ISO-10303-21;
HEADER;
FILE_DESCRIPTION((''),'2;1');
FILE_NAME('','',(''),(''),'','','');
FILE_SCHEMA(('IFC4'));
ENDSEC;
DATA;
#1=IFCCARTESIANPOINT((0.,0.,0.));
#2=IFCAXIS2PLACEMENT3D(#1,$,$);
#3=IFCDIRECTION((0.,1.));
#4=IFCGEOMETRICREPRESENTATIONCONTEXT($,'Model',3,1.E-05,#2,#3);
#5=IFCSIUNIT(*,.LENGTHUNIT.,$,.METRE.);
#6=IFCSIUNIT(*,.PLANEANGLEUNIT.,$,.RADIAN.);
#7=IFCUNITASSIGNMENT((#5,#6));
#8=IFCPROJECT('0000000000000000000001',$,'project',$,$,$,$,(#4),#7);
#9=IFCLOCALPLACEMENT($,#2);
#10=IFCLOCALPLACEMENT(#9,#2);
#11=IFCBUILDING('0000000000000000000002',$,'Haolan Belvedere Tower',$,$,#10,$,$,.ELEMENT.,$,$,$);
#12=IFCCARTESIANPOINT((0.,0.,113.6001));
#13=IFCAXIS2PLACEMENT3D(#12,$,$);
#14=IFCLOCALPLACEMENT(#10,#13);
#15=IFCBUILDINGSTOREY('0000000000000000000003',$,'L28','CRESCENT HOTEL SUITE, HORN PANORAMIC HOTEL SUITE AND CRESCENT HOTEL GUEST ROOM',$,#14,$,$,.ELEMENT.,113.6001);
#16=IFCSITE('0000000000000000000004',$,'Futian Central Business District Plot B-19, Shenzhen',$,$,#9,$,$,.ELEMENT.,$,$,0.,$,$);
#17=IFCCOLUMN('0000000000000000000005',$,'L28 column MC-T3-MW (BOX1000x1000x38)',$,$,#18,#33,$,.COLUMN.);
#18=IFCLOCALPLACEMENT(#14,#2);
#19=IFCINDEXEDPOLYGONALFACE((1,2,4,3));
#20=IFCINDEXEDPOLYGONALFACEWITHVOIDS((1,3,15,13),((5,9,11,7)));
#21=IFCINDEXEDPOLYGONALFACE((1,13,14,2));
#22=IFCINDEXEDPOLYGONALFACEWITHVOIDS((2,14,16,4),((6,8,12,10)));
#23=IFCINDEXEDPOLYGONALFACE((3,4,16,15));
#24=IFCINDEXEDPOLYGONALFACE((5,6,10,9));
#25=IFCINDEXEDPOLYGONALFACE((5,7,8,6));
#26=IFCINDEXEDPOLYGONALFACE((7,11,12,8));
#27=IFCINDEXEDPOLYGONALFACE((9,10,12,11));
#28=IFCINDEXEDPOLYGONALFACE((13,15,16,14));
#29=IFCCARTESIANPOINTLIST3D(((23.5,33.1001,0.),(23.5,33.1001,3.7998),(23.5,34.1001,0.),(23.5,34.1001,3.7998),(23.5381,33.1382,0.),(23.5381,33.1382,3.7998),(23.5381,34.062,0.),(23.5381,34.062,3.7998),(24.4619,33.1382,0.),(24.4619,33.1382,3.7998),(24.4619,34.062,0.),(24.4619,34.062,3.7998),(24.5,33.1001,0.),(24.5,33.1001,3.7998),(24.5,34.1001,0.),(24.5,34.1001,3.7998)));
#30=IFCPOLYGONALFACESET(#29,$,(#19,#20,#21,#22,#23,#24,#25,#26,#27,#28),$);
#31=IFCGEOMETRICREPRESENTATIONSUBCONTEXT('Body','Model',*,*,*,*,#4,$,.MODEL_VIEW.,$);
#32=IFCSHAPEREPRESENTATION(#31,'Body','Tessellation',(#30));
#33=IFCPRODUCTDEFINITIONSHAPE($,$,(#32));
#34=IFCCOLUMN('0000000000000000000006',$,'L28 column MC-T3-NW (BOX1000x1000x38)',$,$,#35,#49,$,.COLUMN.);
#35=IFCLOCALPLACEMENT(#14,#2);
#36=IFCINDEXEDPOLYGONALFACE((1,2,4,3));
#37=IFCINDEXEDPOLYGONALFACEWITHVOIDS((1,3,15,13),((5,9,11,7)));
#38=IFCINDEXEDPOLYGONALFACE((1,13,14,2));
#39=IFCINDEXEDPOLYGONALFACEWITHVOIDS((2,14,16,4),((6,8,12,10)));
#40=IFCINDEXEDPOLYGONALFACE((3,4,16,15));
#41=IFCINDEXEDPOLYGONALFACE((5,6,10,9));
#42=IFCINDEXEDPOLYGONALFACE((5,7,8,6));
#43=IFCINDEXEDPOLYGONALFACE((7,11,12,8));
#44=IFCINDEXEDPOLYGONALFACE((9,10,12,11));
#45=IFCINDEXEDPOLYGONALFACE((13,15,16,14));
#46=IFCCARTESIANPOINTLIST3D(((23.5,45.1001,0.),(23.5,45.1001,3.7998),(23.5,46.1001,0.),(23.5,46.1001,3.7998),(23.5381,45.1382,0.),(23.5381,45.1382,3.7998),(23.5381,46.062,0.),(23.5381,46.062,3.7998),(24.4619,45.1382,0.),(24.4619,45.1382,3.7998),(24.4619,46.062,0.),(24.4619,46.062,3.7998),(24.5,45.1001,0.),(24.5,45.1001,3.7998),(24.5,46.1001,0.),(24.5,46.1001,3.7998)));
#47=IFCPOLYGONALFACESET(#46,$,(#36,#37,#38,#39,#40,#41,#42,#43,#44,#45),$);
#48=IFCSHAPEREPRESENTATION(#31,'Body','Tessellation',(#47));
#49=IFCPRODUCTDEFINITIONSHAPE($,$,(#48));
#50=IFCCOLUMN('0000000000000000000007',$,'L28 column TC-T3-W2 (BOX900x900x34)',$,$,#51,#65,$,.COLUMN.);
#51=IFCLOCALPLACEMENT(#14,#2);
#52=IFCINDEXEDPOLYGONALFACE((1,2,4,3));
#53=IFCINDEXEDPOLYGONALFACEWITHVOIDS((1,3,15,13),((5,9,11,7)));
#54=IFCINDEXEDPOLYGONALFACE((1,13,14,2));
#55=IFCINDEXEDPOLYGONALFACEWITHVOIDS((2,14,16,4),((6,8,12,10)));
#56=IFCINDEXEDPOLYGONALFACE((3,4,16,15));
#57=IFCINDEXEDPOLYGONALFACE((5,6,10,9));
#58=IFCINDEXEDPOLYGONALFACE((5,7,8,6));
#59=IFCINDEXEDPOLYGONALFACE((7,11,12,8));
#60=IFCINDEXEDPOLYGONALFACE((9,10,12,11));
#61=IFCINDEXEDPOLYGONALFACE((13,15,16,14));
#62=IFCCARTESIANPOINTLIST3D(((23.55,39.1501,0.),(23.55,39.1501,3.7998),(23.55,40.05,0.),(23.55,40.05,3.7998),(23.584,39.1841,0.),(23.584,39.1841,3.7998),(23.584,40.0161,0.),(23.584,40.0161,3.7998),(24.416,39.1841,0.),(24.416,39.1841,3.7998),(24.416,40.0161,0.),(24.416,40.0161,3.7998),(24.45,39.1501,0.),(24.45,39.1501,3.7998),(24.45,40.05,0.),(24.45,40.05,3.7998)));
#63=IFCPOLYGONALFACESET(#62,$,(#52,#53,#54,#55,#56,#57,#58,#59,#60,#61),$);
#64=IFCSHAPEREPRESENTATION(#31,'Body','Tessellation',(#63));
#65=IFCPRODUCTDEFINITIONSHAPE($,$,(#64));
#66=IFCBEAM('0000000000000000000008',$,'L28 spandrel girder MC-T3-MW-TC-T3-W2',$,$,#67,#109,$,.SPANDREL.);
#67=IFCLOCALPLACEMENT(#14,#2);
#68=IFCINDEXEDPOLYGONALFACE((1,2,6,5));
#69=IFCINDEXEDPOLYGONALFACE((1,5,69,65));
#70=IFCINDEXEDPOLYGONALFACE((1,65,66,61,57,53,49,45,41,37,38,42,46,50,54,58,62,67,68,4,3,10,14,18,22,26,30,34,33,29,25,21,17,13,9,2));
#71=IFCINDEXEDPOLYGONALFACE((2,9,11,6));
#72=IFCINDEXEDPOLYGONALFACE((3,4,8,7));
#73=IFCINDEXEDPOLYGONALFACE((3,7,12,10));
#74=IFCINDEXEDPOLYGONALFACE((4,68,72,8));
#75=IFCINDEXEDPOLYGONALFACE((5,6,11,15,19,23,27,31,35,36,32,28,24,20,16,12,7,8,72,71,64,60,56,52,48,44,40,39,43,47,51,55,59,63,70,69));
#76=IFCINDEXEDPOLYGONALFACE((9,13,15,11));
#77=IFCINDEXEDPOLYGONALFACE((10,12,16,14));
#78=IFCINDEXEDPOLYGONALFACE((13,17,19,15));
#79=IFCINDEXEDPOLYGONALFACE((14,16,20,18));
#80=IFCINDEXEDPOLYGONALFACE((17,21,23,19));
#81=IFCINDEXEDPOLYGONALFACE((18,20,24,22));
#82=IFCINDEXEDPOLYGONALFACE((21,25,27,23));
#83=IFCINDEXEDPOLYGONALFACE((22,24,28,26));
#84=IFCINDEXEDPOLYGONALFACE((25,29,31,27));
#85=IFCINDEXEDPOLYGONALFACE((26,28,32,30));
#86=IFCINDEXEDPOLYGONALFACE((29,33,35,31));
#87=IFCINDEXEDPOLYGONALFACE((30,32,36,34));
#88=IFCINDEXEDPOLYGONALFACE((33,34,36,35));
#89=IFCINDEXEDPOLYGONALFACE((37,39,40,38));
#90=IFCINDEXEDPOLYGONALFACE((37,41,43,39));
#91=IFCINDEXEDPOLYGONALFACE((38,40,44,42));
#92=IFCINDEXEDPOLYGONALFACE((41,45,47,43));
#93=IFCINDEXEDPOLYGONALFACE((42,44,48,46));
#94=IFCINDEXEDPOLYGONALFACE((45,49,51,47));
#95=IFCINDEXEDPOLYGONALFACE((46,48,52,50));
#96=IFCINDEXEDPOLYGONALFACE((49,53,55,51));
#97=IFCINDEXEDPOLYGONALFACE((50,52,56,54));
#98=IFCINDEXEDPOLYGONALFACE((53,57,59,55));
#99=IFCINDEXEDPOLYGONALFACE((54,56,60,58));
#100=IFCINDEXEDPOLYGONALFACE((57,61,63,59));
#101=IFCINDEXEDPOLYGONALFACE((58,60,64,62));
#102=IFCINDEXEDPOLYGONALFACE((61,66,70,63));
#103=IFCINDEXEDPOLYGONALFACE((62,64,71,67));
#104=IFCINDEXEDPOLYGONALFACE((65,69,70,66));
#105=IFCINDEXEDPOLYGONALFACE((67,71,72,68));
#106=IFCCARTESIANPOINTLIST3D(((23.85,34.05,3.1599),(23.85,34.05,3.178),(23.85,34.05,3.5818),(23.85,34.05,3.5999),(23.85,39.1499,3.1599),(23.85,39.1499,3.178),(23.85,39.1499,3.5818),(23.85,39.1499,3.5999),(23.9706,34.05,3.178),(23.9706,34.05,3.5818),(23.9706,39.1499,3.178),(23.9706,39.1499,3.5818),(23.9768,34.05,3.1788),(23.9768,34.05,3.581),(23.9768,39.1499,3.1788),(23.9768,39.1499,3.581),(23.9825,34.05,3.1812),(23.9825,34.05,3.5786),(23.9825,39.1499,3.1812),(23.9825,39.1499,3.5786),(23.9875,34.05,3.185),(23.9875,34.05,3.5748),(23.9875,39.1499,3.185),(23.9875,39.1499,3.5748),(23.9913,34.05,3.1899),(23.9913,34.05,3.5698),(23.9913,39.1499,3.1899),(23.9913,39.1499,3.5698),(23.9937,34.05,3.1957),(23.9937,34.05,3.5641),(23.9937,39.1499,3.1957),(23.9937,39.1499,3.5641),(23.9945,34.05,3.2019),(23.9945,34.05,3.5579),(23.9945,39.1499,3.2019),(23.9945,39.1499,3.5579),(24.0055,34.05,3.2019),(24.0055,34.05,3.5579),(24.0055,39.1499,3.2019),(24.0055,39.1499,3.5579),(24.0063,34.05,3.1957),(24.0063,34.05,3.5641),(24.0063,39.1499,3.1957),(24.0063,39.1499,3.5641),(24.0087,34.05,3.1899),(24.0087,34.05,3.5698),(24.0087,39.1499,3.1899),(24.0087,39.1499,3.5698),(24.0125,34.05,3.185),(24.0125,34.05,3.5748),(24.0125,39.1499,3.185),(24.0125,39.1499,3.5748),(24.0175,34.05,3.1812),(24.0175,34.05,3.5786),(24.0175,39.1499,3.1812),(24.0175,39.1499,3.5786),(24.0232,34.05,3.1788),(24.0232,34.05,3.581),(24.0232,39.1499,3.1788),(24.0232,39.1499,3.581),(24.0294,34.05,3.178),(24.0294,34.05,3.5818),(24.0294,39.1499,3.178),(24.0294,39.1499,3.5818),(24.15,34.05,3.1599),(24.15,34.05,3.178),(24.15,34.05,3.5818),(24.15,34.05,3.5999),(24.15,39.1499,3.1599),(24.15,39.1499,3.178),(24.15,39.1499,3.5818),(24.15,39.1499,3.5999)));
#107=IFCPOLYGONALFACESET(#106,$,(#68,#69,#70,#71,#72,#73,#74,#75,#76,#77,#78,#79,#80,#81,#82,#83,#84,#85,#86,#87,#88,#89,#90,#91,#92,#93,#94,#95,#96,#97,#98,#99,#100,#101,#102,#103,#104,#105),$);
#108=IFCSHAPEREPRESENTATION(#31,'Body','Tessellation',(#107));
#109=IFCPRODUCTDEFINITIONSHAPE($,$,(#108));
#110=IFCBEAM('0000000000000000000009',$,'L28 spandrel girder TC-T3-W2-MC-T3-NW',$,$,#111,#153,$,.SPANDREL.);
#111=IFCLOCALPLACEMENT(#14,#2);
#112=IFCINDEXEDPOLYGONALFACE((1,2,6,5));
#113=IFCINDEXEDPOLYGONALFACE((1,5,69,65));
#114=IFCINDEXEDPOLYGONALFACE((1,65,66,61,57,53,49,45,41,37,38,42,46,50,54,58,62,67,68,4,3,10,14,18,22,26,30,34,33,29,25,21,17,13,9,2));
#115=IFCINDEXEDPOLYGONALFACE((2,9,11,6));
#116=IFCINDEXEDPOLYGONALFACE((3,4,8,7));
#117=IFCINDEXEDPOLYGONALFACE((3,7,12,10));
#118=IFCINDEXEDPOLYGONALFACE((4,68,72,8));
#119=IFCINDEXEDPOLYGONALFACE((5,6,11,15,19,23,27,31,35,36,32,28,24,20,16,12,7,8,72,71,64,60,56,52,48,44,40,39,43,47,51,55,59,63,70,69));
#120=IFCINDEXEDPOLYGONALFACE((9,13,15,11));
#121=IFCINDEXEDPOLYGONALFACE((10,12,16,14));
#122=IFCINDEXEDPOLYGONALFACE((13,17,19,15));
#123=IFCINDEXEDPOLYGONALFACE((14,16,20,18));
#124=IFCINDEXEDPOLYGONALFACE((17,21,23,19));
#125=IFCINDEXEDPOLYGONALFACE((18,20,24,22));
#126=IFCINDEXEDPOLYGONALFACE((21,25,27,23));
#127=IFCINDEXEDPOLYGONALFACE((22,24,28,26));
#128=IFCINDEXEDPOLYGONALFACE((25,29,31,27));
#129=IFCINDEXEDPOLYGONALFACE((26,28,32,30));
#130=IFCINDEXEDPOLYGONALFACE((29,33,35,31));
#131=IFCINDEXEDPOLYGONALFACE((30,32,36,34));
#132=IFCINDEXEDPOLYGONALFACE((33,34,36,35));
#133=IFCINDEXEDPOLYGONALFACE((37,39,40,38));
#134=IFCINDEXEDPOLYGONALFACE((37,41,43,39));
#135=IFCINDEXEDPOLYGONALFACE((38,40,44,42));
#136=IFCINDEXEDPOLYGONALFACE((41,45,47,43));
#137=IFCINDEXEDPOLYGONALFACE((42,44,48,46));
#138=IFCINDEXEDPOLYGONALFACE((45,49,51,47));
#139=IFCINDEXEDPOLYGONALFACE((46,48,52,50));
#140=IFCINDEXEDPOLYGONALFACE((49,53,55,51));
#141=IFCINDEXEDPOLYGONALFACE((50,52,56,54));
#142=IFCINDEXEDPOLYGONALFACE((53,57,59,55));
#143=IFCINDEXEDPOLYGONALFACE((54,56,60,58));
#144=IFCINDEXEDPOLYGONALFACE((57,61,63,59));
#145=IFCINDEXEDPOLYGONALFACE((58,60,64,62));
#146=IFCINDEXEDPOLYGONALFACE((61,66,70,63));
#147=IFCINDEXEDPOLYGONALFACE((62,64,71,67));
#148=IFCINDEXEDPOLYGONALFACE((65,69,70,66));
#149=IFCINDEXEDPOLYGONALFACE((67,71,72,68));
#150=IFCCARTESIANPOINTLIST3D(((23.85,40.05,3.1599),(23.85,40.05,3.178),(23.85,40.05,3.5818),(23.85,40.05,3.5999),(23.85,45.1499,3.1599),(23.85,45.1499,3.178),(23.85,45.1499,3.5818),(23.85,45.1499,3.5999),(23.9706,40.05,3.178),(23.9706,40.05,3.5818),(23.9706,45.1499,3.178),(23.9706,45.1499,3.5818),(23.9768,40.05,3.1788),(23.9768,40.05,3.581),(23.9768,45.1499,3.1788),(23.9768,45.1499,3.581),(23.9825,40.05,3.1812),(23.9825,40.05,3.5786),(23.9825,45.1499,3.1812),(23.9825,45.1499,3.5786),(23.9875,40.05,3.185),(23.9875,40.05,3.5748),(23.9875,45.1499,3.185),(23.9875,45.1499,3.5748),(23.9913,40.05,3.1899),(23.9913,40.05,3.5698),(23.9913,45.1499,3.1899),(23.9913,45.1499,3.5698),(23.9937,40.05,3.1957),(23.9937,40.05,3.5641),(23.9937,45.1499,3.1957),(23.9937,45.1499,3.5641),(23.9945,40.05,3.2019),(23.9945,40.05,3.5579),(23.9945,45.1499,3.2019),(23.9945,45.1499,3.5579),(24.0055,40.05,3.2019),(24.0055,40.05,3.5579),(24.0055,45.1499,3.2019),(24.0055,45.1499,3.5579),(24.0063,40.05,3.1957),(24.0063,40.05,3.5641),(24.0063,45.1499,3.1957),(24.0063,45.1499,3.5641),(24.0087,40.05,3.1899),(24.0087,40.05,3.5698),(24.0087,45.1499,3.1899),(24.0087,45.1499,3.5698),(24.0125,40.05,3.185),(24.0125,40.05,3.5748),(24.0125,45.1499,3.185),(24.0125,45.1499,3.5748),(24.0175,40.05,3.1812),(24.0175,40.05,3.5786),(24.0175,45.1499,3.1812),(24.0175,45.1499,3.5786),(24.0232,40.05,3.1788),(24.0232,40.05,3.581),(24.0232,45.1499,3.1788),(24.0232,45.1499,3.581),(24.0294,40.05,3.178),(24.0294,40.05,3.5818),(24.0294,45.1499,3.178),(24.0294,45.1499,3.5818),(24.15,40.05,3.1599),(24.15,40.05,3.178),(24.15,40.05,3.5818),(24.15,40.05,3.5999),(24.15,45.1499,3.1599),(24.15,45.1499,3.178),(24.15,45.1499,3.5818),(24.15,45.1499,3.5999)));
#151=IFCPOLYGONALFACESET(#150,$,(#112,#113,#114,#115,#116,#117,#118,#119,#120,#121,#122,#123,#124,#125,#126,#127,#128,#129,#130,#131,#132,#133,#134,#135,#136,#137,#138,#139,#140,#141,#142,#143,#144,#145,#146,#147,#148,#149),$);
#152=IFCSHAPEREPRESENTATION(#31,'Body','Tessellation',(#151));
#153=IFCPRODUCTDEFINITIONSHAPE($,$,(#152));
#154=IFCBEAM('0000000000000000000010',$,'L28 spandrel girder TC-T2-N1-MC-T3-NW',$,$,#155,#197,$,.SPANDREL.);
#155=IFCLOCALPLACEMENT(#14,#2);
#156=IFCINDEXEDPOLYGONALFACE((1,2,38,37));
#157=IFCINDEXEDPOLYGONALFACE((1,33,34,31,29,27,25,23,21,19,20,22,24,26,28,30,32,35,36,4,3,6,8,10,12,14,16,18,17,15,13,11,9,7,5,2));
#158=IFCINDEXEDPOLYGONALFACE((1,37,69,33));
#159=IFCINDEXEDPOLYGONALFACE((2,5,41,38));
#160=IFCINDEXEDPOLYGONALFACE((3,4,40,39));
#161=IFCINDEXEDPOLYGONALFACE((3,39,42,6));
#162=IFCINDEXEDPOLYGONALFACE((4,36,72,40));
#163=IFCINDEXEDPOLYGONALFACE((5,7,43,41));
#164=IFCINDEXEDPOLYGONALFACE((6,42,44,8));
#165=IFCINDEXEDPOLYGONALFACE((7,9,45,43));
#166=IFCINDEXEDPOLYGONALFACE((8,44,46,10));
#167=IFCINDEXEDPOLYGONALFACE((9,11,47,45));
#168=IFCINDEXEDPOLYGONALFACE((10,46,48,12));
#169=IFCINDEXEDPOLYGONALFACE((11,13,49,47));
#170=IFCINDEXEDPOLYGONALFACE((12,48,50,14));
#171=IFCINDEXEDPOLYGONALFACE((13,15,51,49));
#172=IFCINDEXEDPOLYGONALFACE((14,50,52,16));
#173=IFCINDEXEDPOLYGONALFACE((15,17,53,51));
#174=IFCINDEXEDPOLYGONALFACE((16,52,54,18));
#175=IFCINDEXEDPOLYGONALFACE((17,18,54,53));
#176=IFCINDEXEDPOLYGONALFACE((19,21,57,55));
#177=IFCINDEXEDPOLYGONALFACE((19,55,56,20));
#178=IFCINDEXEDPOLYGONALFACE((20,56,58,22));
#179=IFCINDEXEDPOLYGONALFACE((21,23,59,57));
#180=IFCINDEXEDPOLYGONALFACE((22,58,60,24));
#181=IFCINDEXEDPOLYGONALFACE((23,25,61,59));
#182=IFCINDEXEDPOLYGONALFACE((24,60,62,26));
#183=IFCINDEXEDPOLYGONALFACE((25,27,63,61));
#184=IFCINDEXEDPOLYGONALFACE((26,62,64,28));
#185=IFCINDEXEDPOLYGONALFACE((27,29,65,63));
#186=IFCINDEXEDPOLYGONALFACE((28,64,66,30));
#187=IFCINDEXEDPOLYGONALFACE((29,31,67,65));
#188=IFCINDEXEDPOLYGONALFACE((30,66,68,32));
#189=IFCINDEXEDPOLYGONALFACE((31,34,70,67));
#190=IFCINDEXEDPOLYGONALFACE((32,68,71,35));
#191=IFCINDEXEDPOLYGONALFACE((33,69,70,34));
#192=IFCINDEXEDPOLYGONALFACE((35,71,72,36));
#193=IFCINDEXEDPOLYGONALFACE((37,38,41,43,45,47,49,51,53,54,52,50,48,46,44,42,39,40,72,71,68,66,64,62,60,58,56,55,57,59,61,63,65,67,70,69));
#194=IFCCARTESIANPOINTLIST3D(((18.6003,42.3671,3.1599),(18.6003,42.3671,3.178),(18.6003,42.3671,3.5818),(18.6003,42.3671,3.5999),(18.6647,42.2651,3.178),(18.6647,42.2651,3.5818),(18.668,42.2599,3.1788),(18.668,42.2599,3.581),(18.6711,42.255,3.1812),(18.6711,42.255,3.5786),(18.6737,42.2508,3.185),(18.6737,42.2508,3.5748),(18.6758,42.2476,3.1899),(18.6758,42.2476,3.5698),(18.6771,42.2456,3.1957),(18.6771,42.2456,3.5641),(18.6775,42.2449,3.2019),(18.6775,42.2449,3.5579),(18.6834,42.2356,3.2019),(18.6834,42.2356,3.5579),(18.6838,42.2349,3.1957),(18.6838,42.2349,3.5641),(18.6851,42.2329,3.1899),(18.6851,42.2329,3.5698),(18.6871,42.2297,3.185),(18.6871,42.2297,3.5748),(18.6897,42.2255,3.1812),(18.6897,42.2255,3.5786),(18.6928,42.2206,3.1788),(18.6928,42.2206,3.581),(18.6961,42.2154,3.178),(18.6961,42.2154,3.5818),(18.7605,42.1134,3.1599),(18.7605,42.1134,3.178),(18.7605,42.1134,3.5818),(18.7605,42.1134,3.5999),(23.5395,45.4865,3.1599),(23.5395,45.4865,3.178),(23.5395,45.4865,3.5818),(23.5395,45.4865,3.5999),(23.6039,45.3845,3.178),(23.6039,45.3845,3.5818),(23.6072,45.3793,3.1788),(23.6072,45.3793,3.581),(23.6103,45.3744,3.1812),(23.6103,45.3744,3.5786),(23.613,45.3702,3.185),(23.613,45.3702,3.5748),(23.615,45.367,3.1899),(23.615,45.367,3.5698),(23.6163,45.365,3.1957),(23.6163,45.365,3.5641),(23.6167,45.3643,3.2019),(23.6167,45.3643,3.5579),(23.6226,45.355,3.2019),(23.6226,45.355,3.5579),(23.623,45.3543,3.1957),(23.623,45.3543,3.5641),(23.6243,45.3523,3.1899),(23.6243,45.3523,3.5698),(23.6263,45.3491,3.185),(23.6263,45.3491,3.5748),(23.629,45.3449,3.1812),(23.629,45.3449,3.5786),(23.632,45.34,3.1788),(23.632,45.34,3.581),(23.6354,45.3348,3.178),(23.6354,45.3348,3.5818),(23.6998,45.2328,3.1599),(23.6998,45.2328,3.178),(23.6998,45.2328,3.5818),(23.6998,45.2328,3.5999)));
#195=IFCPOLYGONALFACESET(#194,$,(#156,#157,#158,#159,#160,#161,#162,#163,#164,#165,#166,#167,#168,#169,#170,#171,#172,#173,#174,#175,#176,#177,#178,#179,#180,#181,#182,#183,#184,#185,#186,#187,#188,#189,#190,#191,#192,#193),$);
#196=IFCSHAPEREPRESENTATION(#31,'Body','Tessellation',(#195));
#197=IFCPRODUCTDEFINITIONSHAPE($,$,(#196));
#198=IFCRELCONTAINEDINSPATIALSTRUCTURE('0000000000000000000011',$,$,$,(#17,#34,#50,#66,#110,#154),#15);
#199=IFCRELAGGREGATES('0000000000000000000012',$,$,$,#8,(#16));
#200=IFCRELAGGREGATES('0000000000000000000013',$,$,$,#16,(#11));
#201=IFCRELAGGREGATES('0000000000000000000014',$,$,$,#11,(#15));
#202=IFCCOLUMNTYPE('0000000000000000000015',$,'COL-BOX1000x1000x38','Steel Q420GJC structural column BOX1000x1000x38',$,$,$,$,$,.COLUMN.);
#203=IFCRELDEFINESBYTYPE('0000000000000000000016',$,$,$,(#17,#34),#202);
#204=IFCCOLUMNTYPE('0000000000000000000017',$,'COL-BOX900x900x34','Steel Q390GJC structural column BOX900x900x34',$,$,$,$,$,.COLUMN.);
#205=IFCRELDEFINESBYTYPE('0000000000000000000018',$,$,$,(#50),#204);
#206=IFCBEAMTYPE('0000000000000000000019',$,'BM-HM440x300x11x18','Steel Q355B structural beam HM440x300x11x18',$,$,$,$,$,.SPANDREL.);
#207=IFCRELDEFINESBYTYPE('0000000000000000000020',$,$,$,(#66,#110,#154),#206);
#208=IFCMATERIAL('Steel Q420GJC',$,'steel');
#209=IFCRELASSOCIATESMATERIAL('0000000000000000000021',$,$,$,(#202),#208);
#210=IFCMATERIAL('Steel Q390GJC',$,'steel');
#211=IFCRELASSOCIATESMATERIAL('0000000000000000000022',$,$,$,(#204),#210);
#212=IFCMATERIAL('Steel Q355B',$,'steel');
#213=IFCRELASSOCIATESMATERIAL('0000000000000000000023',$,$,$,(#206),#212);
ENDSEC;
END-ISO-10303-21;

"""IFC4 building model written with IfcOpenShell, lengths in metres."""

from ifc_helpers import new_model, si_unit, direction, frame, origin, origin_2d, place, context, subcontext, project, spatial, hollow_rectangle, i_section, extrude, material, material_profile, profile_set, type_object, element, save


model = new_model("IFC4")

# Units and contexts
model_context = context("Model", 3, precision=1e-05, world=origin(), true_north=direction((0.0, 1.0)))
body_context = subcontext(model_context, "Body", "Model", "MODEL_VIEW")
ifc_project = project(units=[si_unit("LENGTHUNIT", "METRE"), si_unit("PLANEANGLEUNIT", "RADIAN")], contexts=[model_context])

# Site, building, storey
site_placement = place(None, origin())
site = spatial("IfcSite", under=ifc_project, at=site_placement, Name="Futian Central Business District Plot B-19, Shenzhen", CompositionType="ELEMENT", RefElevation=0.0)
building_placement = place(site_placement, origin())
building = spatial("IfcBuilding", under=site, at=building_placement, Name="Haolan Belvedere Tower", CompositionType="ELEMENT")
storey_placement = place(building_placement, frame((0.0, 0.0, 113.6001)))
storey = spatial("IfcBuildingStorey", under=building, at=storey_placement, Name="L28", Description="CRESCENT HOTEL SUITE, HORN PANORAMIC HOTEL SUITE AND CRESCENT HOTEL GUEST ROOM", CompositionType="ELEMENT", Elevation=113.6001)

# Columns
ifc_material_1 = material(Name="Steel Q420GJC", Category="steel")
ifc_material_profile_1 = material_profile(ifc_material_1, hollow_rectangle(XDim=1.0, YDim=1.0, WallThickness=0.0381, at=origin_2d()), Name="Steel Q420GJC")
ifc_profile_set_1 = profile_set([ifc_material_profile_1], Name="Steel Q420GJC")
column_type_1 = type_object("IfcColumnType", Name="COL-BOX1000x1000x38", Description="Steel Q420GJC structural column BOX1000x1000x38", PredefinedType="COLUMN", material=ifc_profile_set_1)
for number, where, z_axis, x_axis, name in (
    (1, (24.0, 33.6001, 0.0), (0.0, 0.0, 1.0), (1.0, 0.0, 0.0), "L28 column MC-T3-MW (BOX1000x1000x38)"),
    (2, (24.0, 45.6001, 0.0), (0.0, 0.0, 1.0), (1.0, 0.0, 0.0), "L28 column MC-T3-NW (BOX1000x1000x38)"),
):
    element("IfcColumn", number, at=place(storey_placement, frame(where, z_axis=z_axis, x_axis=x_axis)), inside=storey, type_object=column_type_1, Name=name, PredefinedType="COLUMN", context=body_context, shape_type="SweptSolid", body=[
        extrude(hollow_rectangle(XDim=1.0, YDim=1.0, WallThickness=0.0381, at=origin_2d()), origin(), (0.0, 0.0, 1.0), 3.7998),
    ])
ifc_material_2 = material(Name="Steel Q390GJC", Category="steel")
ifc_material_profile_2 = material_profile(ifc_material_2, hollow_rectangle(XDim=0.8999, YDim=0.8999, WallThickness=0.0339, at=origin_2d()), Name="Steel Q390GJC")
ifc_profile_set_2 = profile_set([ifc_material_profile_2], Name="Steel Q390GJC")
column_type_2 = type_object("IfcColumnType", Name="COL-BOX900x900x34", Description="Steel Q390GJC structural column BOX900x900x34", PredefinedType="COLUMN", material=ifc_profile_set_2)
column_placement = place(storey_placement, frame((24.0, 39.6001, 0.0), z_axis=(0.0, 0.0, 1.0), x_axis=(1.0, 0.0, 0.0)))
element("IfcColumn", 3, at=column_placement, inside=storey, type_object=column_type_2, Name="L28 column TC-T3-W2 (BOX900x900x34)", PredefinedType="COLUMN", context=body_context, shape_type="SweptSolid", body=[
    extrude(hollow_rectangle(XDim=0.8999, YDim=0.8999, WallThickness=0.0339, at=origin_2d()), origin(), (0.0, 0.0, 1.0), 3.7998),
])

# Beams
ifc_material_3 = material(Name="Steel Q355B", Category="steel")
ifc_material_profile_3 = material_profile(ifc_material_3, i_section(OverallWidth=0.3, OverallDepth=0.4399, WebThickness=0.011, FlangeThickness=0.0181, FilletRadius=0.0239, at=origin_2d()), Name="Steel Q355B")
ifc_profile_set_3 = profile_set([ifc_material_profile_3], Name="Steel Q355B")
beam_type = type_object("IfcBeamType", Name="BM-HM440x300x11x18", Description="Steel Q355B structural beam HM440x300x11x18", PredefinedType="SPANDREL", material=ifc_profile_set_3)
for number, where, z_axis, x_axis, name in (
    (4, (24.0, 34.05, 3.3799), (0.0, 1.0, 0.0), (-1.0, 0.0, 0.0), "L28 spandrel girder MC-T3-MW-TC-T3-W2"),
    (5, (24.0, 40.05, 3.3799), (0.0, 1.0, 0.0), (-1.0, 0.0, 0.0), "L28 spandrel girder TC-T3-W2-MC-T3-NW"),
):
    element("IfcBeam", number, at=place(storey_placement, frame(where, z_axis=z_axis, x_axis=x_axis)), inside=storey, type_object=beam_type, Name=name, PredefinedType="SPANDREL", context=body_context, shape_type="SweptSolid", body=[
        extrude(i_section(OverallWidth=0.3, OverallDepth=0.4399, WebThickness=0.011, FlangeThickness=0.0181, FilletRadius=0.0239, at=origin_2d()), origin(), (0.0, 0.0, 1.0), 5.0999),
    ])
beam_placement = place(storey_placement, frame((18.6804, 42.2402, 3.3799), z_axis=(0.845498, 0.533979, 0.0), x_axis=(-0.533979, 0.845498, 0.0)))
element("IfcBeam", 6, at=beam_placement, inside=storey, type_object=beam_type, Name="L28 spandrel girder TC-T2-N1-MC-T3-NW", PredefinedType="SPANDREL", context=body_context, shape_type="SweptSolid", body=[
    extrude(i_section(OverallWidth=0.3, OverallDepth=0.4399, WebThickness=0.011, FlangeThickness=0.0181, FilletRadius=0.0239, at=origin_2d()), origin(), (0.0, 0.0, 1.0), 5.8418),
])

save(model, "model.ifc")
